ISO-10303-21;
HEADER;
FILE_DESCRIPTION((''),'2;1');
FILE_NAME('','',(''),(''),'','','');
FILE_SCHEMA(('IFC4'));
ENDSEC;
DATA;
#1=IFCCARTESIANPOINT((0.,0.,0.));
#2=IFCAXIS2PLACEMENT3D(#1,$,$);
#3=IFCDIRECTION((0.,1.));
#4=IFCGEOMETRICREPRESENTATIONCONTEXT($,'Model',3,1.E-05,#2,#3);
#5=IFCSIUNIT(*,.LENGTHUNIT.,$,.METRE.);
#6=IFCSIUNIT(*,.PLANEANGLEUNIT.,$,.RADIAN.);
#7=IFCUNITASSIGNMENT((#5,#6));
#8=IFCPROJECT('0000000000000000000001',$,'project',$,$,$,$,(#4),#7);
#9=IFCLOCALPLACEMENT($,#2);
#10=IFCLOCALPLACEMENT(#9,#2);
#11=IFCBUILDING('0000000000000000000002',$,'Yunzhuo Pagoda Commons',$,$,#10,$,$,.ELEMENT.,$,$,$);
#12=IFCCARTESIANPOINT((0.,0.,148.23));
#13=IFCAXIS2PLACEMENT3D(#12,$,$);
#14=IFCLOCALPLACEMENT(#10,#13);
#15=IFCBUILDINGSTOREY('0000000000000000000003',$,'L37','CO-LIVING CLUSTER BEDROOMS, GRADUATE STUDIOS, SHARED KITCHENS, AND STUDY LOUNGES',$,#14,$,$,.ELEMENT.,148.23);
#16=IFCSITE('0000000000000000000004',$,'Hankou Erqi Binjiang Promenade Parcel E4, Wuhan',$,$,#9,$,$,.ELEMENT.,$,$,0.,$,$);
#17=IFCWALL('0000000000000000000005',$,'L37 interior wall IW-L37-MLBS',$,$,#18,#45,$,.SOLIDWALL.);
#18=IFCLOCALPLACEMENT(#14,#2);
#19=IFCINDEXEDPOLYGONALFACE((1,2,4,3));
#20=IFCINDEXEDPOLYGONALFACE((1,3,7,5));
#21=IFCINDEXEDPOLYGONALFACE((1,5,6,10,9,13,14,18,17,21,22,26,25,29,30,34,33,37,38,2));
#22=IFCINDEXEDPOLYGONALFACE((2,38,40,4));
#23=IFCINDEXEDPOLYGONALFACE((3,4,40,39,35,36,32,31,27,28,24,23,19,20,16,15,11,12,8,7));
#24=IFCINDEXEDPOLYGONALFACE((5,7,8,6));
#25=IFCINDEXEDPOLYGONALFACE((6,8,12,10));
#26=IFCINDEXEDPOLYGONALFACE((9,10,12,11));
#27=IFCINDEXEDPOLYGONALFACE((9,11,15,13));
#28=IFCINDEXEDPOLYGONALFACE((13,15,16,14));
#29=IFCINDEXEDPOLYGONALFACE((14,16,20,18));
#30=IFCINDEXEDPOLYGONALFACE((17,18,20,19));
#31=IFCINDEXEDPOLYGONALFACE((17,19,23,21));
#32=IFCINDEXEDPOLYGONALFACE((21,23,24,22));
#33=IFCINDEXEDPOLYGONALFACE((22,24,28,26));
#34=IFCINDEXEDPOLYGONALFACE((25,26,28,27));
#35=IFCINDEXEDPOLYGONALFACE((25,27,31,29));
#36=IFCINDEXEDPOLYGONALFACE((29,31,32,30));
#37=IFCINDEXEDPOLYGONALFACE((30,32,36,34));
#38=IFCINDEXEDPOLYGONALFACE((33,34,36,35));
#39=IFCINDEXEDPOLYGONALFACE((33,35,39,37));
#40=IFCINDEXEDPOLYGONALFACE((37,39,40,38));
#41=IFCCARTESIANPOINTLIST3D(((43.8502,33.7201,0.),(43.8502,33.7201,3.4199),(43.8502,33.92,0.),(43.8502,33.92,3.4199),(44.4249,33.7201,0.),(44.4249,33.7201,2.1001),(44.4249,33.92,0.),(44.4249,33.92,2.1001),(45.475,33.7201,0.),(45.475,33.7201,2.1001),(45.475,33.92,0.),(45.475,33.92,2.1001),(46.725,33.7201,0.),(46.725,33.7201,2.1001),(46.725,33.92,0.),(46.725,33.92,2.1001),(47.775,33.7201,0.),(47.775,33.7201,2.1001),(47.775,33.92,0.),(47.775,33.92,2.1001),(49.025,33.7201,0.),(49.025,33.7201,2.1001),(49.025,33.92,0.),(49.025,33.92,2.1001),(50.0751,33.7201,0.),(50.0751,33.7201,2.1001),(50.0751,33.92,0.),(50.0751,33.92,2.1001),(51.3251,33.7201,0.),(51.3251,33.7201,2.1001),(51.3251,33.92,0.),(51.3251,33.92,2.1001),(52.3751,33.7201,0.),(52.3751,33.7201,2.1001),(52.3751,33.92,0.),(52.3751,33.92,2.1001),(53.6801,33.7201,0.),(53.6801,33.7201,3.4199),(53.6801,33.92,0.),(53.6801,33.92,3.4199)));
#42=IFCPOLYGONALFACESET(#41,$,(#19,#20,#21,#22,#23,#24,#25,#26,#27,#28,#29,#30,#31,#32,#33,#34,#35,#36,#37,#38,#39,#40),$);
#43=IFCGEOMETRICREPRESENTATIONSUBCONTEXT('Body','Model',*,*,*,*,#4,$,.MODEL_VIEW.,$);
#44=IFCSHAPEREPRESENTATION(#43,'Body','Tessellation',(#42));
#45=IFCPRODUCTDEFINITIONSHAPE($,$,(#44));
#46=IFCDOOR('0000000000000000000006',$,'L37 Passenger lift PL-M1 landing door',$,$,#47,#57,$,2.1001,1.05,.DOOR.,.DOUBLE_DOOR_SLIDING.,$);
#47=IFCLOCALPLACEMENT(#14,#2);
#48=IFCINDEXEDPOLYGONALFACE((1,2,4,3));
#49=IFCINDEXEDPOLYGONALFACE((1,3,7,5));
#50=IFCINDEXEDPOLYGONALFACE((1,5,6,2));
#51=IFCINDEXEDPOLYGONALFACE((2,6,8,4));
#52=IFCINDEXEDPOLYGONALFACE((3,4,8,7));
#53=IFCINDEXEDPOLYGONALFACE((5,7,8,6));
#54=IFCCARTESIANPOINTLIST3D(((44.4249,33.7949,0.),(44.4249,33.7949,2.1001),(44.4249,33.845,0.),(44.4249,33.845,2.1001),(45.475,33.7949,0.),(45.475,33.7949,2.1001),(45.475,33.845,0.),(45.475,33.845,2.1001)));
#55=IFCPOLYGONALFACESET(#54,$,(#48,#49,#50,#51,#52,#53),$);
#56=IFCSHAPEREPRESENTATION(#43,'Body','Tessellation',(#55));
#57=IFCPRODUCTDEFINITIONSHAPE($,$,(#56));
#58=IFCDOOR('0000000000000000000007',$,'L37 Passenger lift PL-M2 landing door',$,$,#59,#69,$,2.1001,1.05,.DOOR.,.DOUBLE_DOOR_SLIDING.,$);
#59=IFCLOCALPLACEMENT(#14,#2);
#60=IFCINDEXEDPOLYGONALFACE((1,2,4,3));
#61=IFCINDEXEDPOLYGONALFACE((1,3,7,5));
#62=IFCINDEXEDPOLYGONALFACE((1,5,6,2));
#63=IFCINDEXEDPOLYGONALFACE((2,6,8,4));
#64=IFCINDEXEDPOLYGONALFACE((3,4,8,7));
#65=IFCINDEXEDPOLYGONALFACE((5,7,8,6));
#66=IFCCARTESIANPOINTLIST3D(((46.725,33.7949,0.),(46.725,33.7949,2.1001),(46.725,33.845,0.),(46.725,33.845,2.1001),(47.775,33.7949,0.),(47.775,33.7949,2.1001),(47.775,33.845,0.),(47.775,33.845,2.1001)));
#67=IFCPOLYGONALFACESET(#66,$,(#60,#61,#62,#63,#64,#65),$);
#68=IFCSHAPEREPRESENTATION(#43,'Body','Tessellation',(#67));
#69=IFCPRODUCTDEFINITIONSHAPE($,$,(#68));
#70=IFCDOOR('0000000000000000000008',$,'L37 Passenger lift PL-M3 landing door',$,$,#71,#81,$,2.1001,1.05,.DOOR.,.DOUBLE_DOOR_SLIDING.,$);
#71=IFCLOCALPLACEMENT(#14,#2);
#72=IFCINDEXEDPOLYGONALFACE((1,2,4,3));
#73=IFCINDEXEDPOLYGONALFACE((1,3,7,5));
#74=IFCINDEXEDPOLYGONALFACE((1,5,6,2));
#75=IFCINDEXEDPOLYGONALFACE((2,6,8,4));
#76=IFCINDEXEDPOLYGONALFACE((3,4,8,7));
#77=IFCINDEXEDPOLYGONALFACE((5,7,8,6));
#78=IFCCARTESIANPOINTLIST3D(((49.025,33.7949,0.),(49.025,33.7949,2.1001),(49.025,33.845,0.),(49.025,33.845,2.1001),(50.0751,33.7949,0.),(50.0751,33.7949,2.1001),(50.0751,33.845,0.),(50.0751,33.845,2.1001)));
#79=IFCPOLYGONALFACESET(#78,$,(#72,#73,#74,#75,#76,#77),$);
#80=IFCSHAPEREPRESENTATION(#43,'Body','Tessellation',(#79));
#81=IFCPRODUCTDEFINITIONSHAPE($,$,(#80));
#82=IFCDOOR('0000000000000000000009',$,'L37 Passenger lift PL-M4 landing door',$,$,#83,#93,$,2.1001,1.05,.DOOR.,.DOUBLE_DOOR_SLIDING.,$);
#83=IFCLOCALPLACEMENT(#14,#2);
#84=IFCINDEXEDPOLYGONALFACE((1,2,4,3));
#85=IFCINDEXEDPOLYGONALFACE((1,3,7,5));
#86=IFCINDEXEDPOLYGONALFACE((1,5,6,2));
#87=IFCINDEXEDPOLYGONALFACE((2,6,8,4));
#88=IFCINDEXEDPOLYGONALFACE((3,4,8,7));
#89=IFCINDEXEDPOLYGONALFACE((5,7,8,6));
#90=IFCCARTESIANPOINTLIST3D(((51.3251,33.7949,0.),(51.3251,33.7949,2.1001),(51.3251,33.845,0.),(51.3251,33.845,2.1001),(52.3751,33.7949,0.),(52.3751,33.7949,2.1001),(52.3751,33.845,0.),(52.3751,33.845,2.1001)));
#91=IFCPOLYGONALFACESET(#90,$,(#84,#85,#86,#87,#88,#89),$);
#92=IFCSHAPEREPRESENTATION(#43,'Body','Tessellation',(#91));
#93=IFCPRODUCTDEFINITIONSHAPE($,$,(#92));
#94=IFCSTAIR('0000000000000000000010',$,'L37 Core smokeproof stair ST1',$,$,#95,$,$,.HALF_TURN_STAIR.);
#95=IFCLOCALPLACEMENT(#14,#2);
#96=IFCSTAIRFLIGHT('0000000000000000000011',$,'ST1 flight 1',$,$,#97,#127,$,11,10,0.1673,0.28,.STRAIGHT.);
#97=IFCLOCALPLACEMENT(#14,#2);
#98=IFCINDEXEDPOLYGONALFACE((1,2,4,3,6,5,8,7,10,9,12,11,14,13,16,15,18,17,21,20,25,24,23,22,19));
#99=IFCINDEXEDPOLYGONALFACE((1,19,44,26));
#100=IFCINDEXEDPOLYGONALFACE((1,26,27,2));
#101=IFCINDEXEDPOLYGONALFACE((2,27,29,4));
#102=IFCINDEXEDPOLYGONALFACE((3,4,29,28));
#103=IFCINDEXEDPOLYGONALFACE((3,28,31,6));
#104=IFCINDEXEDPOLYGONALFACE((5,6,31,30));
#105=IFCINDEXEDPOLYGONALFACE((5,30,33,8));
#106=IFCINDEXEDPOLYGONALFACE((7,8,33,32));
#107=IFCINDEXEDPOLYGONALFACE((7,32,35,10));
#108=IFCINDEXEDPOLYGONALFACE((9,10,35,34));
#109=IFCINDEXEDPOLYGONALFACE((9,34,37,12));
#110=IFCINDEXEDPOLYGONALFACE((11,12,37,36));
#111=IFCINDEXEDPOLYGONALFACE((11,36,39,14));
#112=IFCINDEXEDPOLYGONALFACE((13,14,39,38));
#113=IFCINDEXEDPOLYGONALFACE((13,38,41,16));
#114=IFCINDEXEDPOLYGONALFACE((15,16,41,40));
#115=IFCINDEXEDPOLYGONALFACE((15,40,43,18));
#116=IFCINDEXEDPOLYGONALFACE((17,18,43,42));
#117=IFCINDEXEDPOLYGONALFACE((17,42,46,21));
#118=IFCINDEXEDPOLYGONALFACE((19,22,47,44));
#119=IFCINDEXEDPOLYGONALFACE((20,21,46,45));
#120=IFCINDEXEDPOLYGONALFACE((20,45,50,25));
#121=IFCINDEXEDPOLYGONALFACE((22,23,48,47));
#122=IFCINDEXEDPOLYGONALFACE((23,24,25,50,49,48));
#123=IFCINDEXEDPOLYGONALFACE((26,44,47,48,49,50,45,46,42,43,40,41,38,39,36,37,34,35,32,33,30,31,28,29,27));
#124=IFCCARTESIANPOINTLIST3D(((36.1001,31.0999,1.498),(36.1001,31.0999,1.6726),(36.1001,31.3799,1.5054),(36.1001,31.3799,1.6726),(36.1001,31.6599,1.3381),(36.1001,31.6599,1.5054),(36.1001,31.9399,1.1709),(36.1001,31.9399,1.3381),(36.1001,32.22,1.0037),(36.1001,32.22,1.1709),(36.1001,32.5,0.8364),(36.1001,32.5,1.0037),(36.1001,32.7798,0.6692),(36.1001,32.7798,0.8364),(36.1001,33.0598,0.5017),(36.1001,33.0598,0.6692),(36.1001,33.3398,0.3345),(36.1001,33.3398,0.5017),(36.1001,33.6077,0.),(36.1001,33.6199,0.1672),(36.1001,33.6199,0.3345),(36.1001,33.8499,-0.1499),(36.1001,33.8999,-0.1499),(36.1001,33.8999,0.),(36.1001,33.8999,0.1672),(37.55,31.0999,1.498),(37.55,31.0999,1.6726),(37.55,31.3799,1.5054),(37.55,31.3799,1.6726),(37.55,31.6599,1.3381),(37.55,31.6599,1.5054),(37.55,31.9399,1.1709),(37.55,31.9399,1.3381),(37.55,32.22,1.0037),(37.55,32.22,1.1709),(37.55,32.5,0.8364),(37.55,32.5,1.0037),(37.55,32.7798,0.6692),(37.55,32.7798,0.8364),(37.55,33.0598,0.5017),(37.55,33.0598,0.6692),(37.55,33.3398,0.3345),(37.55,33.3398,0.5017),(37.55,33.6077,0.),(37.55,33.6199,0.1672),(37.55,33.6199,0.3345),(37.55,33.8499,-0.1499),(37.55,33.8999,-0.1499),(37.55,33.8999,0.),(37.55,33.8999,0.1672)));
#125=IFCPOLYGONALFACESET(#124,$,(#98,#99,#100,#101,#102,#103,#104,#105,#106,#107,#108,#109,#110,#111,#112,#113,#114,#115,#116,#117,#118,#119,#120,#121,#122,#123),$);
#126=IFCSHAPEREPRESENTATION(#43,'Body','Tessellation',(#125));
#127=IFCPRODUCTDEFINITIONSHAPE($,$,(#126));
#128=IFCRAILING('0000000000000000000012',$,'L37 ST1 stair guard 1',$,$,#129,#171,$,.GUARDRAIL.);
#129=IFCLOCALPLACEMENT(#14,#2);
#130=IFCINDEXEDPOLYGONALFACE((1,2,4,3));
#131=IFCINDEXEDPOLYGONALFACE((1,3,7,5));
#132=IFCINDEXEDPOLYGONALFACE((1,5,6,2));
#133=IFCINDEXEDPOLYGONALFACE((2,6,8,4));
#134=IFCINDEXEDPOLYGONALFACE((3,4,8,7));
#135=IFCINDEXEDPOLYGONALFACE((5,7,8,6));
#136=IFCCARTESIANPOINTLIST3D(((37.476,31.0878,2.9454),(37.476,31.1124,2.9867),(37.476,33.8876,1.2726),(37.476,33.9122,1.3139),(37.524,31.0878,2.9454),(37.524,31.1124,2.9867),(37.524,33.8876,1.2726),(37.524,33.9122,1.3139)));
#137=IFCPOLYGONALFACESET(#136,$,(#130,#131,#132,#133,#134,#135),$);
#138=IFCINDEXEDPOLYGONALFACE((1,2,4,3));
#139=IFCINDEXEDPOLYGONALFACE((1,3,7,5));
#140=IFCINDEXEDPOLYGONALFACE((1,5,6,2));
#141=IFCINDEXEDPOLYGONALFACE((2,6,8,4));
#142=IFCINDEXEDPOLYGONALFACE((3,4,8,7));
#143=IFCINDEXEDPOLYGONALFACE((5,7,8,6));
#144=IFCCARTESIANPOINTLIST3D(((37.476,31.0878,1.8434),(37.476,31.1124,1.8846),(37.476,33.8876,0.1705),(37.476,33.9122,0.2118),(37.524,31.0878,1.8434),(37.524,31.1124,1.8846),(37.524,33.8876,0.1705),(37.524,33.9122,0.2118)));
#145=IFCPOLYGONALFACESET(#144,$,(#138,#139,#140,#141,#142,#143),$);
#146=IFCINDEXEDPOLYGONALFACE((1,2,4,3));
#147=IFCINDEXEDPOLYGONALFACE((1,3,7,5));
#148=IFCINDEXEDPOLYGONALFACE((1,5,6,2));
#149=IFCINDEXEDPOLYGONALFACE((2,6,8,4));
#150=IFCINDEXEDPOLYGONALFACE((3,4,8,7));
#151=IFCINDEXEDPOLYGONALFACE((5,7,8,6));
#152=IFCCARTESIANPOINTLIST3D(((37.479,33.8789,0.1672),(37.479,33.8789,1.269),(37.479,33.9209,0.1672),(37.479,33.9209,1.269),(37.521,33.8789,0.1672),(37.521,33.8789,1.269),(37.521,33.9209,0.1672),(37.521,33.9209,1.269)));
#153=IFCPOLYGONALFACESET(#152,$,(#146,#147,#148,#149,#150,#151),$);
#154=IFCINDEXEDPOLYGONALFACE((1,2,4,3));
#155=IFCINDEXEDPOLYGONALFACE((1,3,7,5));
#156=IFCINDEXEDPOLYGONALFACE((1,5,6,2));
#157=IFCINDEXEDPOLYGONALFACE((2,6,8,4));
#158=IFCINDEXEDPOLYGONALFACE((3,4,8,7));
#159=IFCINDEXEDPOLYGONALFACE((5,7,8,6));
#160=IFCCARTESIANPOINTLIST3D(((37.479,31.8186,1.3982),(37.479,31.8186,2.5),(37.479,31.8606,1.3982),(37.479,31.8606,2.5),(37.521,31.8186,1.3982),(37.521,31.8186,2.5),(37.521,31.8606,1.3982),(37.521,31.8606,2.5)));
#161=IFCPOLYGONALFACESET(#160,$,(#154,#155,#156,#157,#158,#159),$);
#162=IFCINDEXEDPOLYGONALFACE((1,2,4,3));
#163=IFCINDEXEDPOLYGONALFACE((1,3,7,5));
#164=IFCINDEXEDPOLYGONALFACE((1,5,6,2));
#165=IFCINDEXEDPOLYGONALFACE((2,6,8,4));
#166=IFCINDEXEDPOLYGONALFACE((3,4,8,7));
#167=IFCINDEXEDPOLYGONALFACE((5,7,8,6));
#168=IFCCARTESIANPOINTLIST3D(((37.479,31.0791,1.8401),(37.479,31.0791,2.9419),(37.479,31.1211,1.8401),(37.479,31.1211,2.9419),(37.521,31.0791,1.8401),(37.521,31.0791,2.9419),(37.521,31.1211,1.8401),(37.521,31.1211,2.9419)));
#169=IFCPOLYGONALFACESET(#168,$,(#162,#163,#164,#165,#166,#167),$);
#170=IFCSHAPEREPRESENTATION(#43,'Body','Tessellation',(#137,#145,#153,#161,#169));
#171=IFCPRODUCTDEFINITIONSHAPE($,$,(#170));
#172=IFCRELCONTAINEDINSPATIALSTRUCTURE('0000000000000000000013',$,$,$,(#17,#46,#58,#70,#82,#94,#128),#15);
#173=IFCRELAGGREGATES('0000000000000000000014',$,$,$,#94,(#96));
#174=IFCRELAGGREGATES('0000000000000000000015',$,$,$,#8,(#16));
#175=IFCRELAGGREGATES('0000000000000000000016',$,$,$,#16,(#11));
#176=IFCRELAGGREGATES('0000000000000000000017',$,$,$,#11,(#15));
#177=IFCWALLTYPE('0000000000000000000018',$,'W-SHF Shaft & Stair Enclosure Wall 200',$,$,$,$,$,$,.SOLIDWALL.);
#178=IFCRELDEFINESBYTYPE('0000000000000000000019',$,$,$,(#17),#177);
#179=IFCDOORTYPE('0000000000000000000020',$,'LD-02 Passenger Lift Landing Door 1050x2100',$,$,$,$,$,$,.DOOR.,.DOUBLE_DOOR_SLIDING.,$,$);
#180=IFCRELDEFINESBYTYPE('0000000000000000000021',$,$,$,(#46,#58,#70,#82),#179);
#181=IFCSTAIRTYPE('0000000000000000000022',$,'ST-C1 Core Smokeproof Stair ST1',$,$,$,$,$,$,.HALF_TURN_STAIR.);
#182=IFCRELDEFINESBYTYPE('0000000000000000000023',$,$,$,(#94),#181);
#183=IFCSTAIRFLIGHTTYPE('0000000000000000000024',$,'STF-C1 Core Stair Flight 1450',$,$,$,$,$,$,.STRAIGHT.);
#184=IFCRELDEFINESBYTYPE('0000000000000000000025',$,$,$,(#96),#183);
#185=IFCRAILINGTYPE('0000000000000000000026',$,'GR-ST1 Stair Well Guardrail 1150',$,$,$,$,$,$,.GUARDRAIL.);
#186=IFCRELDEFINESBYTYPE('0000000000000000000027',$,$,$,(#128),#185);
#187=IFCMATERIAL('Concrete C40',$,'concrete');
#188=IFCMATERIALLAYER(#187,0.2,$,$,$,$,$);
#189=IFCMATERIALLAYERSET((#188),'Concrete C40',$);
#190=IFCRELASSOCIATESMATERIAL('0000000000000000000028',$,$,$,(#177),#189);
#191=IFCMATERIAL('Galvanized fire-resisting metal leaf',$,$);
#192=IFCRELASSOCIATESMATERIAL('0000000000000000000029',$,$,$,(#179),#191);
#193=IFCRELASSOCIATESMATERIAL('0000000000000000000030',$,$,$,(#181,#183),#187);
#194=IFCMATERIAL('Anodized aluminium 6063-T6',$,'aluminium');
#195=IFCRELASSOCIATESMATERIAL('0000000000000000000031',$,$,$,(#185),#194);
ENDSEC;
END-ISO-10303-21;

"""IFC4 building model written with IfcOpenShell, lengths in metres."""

from ifc_helpers import new_model, si_unit, direction, frame, frame_2d, origin, origin_with_axes, origin_2d, place, context, subcontext, project, spatial, polyline, rectangle, outline, extrude, source, transform, mapped, material, layer, layer_set, type_object, element, fill, aggregate, save


model = new_model("IFC4")

# Units and contexts
model_context = context("Model", 3, precision=1e-05, world=origin(), true_north=direction((0.0, 1.0)))
body_context = subcontext(model_context, "Body", "Model", "MODEL_VIEW")
ifc_project = project(units=[si_unit("LENGTHUNIT", "METRE"), si_unit("PLANEANGLEUNIT", "RADIAN")], contexts=[model_context])

# Site, building, storey
site_placement = place(None, origin())
site = spatial("IfcSite", under=ifc_project, at=site_placement, Name="Hankou Erqi Binjiang Promenade Parcel E4, Wuhan", CompositionType="ELEMENT", RefElevation=0.0)
building_placement = place(site_placement, origin())
building = spatial("IfcBuilding", under=site, at=building_placement, Name="Yunzhuo Pagoda Commons", CompositionType="ELEMENT")
storey_placement = place(building_placement, frame((0.0, 0.0, 148.23)))
storey = spatial("IfcBuildingStorey", under=building, at=storey_placement, Name="L37", Description="CO-LIVING CLUSTER BEDROOMS, GRADUATE STUDIOS, SHARED KITCHENS, AND STUDY LOUNGES", CompositionType="ELEMENT", Elevation=148.23)

# Shared definitions
ifc_material_1 = material(Name="Concrete C40", Category="concrete")
ifc_layer = layer(ifc_material_1, 0.2)
ifc_layer_set = layer_set([ifc_layer], Name="Concrete C40")
wall_type = type_object("IfcWallType", Name="W-SHF Shaft & Stair Enclosure Wall 200", PredefinedType="SOLIDWALL", material=ifc_layer_set)
ifc_material_2 = material(Name="Galvanized fire-resisting metal leaf")
door_type_1 = type_object("IfcDoorType", Name="LD-02 Passenger Lift Landing Door 1050x2100", OperationType="DOUBLE_DOOR_SLIDING", PredefinedType="DOOR", material=ifc_material_2)
shared_shape_1 = source(origin(), body_context, "Body", "SweptSolid", [
    extrude(rectangle(XDim=1.05, YDim=2.1001, at=frame_2d((0.5249, 1.05))), frame((0.0, 0.0249, 0.0), z_axis=(0.0, -1.0, 0.0), x_axis=(1.0, 0.0, 0.0)), (0.0, 0.0, 1.0), 0.05),
])

# Wall, openings, doors
wall_1_placement = place(storey_placement, frame((43.8501, 33.8201, 0.0), z_axis=(0.0, 0.0, 1.0), x_axis=(1.0, 0.0, 0.0)))
wall_1 = element("IfcWall", 1, at=wall_1_placement, inside=storey, type_object=wall_type, Name="L37 interior wall IW-L37-MLBS", PredefinedType="SOLIDWALL", context=body_context, shape_type="SweptSolid", body=[
    extrude(rectangle(XDim=9.8298, YDim=0.2, at=frame_2d((4.915, 0.0))), origin(), (0.0, 0.0, 1.0), 3.4199),
])
opening_1_placement = place(wall_1_placement, frame((0.575, 0.0, 0.0)))
opening_1 = element("IfcOpeningElement", 2, at=opening_1_placement, cuts=wall_1, PredefinedType="OPENING", context=body_context, shape_type="SweptSolid", body=[
    extrude(rectangle(XDim=1.05, YDim=2.1001, at=frame_2d((0.5249, 1.05))), frame((0.0, 0.1099, 0.0), z_axis=(0.0, -1.0, 0.0), x_axis=(1.0, 0.0, 0.0)), (0.0, 0.0, 1.0), 0.22),
])
opening_2_placement = place(wall_1_placement, frame((2.875, 0.0, 0.0)))
opening_2 = element("IfcOpeningElement", 3, at=opening_2_placement, cuts=wall_1, PredefinedType="OPENING", context=body_context, shape_type="SweptSolid", body=[
    extrude(rectangle(XDim=1.05, YDim=2.1001, at=frame_2d((0.5249, 1.05))), frame((0.0, 0.1099, 0.0), z_axis=(0.0, -1.0, 0.0), x_axis=(1.0, 0.0, 0.0)), (0.0, 0.0, 1.0), 0.22),
])
opening_3_placement = place(wall_1_placement, frame((5.175, 0.0, 0.0)))
opening_3 = element("IfcOpeningElement", 4, at=opening_3_placement, cuts=wall_1, PredefinedType="OPENING", context=body_context, shape_type="SweptSolid", body=[
    extrude(rectangle(XDim=1.05, YDim=2.1001, at=frame_2d((0.5249, 1.05))), frame((0.0, 0.1099, 0.0), z_axis=(0.0, -1.0, 0.0), x_axis=(1.0, 0.0, 0.0)), (0.0, 0.0, 1.0), 0.22),
])
opening_4_placement = place(wall_1_placement, frame((7.4751, 0.0, 0.0)))
opening_4 = element("IfcOpeningElement", 5, at=opening_4_placement, cuts=wall_1, PredefinedType="OPENING", context=body_context, shape_type="SweptSolid", body=[
    extrude(rectangle(XDim=1.05, YDim=2.1001, at=frame_2d((0.5249, 1.05))), frame((0.0, 0.1099, 0.0), z_axis=(0.0, -1.0, 0.0), x_axis=(1.0, 0.0, 0.0)), (0.0, 0.0, 1.0), 0.22),
])
door_1_placement = place(opening_1_placement, origin_with_axes())
door_1 = element("IfcDoor", 6, at=door_1_placement, inside=storey, type_object=door_type_1, Name="L37 Passenger lift PL-M1 landing door", OperationType="DOUBLE_DOOR_SLIDING", OverallHeight=2.1001, OverallWidth=1.05, PredefinedType="DOOR", context=body_context, shape_type="MappedRepresentation", body=[
    mapped(shared_shape_1, transform((0.0, 0.0, 0.0), scale=1.0)),
])
fill(opening_1, door_1)
door_2_placement = place(opening_2_placement, origin_with_axes())
door_2 = element("IfcDoor", 7, at=door_2_placement, inside=storey, type_object=door_type_1, Name="L37 Passenger lift PL-M2 landing door", OperationType="DOUBLE_DOOR_SLIDING", OverallHeight=2.1001, OverallWidth=1.05, PredefinedType="DOOR", context=body_context, shape_type="MappedRepresentation", body=[
    mapped(shared_shape_1, transform((0.0, 0.0, 0.0), scale=1.0)),
])
fill(opening_2, door_2)
door_3_placement = place(opening_3_placement, origin_with_axes())
door_3 = element("IfcDoor", 8, at=door_3_placement, inside=storey, type_object=door_type_1, Name="L37 Passenger lift PL-M3 landing door", OperationType="DOUBLE_DOOR_SLIDING", OverallHeight=2.1001, OverallWidth=1.05, PredefinedType="DOOR", context=body_context, shape_type="MappedRepresentation", body=[
    mapped(shared_shape_1, transform((0.0, 0.0, 0.0), scale=1.0)),
])
fill(opening_3, door_3)
door_4_placement = place(opening_4_placement, origin_with_axes())
door_4 = element("IfcDoor", 9, at=door_4_placement, inside=storey, type_object=door_type_1, Name="L37 Passenger lift PL-M4 landing door", OperationType="DOUBLE_DOOR_SLIDING", OverallHeight=2.1001, OverallWidth=1.05, PredefinedType="DOOR", context=body_context, shape_type="MappedRepresentation", body=[
    mapped(shared_shape_1, transform((0.0, 0.0, 0.0), scale=1.0)),
])
fill(opening_4, door_4)

# Stair, stair flight
stair_type = type_object("IfcStairType", Name="ST-C1 Core Smokeproof Stair ST1", PredefinedType="HALF_TURN_STAIR", material=ifc_material_1)
stair_placement = place(storey_placement, origin())
stair = element("IfcStair", 10, at=stair_placement, inside=storey, type_object=stair_type, Name="L37 Core smokeproof stair ST1", PredefinedType="HALF_TURN_STAIR")
stair_flight_type = type_object("IfcStairFlightType", Name="STF-C1 Core Stair Flight 1450", PredefinedType="STRAIGHT", material=ifc_material_1)
shared_shape_2 = source(origin(), body_context, "Body", "SweptSolid", [
    extrude(outline(polyline([(0.0, -0.1499), (0.0, 0.0), (0.0, 0.1672), (0.28, 0.1672), (0.28, 0.3345), (0.5601, 0.3345), (0.5601, 0.5017), (0.8401, 0.5017), (0.8401, 0.6692), (1.1201, 0.6692), (1.1201, 0.8364), (1.3999, 0.8364), (1.3999, 1.0037), (1.6799, 1.0037), (1.6799, 1.1709), (1.96, 1.1709), (1.96, 1.3381), (2.24, 1.3381), (2.24, 1.5054), (2.52, 1.5054), (2.52, 1.6726), (2.8, 1.6726), (2.8, 1.8401), (2.8, 1.498), (0.2922, 0.0), (0.05, -0.1499), (0.0, -0.1499)])), frame((0.0, 0.7251, 0.0), z_axis=(0.0, -1.0, 0.0), x_axis=(1.0, 0.0, 0.0)), (0.0, 0.0, 1.0), 1.45),
])
stair_flight_placement = place(storey_placement, frame((36.825, 33.8999, 0.0), z_axis=(0.0, 0.0, 1.0), x_axis=(0.0, -1.0, 0.0)))
stair_flight = element("IfcStairFlight", 11, at=stair_flight_placement, type_object=stair_flight_type, Name="ST1 flight 1", NumberOfRisers=11, NumberOfTreads=10, PredefinedType="STRAIGHT", RiserHeight=0.1673, TreadLength=0.28, context=body_context, shape_type="MappedRepresentation", body=[
    mapped(shared_shape_2, transform((0.0, 0.0, 0.0), scale=1.0)),
])
aggregate(stair, [stair_flight])

# Railing
ifc_material_3 = material(Name="Anodized aluminium 6063-T6", Category="aluminium")
railing_type_1 = type_object("IfcRailingType", Name="GR-ST1 Stair Well Guardrail 1150", PredefinedType="GUARDRAIL", material=ifc_material_3)
railing_1_placement = place(storey_placement, frame((37.5, 33.8999, 0.1672)))
element("IfcRailing", 12, at=railing_1_placement, inside=storey, type_object=railing_type_1, Name="L37 ST1 stair guard 1", PredefinedType="GUARDRAIL", context=body_context, shape_type="SweptSolid", body=[
    extrude(rectangle(XDim=0.0481, YDim=0.0481, at=origin_2d()), frame((0.0, 0.0, 1.126), z_axis=(0.0, -0.858443, 0.51291), x_axis=(1.0, 0.0, 0.0)), (0.0, 0.0, 1.0), 3.2615),
    extrude(rectangle(XDim=0.0481, YDim=0.0481, at=origin_2d()), frame((0.0, 0.0, 0.0239), z_axis=(0.0, -0.858443, 0.51291), x_axis=(1.0, 0.0, 0.0)), (0.0, 0.0, 1.0), 3.2615),
    extrude(rectangle(XDim=0.042, YDim=0.042, at=origin_2d()), origin(), (0.0, 0.0, 1.0), 1.1018),
    extrude(rectangle(XDim=0.042, YDim=0.042, at=origin_2d()), frame((0.0, -2.0603, 1.231)), (0.0, 0.0, 1.0), 1.1018),
    extrude(rectangle(XDim=0.042, YDim=0.042, at=origin_2d()), frame((0.0, -2.7998, 1.6729)), (0.0, 0.0, 1.0), 1.1018),
])

save(model, "model.ifc")
